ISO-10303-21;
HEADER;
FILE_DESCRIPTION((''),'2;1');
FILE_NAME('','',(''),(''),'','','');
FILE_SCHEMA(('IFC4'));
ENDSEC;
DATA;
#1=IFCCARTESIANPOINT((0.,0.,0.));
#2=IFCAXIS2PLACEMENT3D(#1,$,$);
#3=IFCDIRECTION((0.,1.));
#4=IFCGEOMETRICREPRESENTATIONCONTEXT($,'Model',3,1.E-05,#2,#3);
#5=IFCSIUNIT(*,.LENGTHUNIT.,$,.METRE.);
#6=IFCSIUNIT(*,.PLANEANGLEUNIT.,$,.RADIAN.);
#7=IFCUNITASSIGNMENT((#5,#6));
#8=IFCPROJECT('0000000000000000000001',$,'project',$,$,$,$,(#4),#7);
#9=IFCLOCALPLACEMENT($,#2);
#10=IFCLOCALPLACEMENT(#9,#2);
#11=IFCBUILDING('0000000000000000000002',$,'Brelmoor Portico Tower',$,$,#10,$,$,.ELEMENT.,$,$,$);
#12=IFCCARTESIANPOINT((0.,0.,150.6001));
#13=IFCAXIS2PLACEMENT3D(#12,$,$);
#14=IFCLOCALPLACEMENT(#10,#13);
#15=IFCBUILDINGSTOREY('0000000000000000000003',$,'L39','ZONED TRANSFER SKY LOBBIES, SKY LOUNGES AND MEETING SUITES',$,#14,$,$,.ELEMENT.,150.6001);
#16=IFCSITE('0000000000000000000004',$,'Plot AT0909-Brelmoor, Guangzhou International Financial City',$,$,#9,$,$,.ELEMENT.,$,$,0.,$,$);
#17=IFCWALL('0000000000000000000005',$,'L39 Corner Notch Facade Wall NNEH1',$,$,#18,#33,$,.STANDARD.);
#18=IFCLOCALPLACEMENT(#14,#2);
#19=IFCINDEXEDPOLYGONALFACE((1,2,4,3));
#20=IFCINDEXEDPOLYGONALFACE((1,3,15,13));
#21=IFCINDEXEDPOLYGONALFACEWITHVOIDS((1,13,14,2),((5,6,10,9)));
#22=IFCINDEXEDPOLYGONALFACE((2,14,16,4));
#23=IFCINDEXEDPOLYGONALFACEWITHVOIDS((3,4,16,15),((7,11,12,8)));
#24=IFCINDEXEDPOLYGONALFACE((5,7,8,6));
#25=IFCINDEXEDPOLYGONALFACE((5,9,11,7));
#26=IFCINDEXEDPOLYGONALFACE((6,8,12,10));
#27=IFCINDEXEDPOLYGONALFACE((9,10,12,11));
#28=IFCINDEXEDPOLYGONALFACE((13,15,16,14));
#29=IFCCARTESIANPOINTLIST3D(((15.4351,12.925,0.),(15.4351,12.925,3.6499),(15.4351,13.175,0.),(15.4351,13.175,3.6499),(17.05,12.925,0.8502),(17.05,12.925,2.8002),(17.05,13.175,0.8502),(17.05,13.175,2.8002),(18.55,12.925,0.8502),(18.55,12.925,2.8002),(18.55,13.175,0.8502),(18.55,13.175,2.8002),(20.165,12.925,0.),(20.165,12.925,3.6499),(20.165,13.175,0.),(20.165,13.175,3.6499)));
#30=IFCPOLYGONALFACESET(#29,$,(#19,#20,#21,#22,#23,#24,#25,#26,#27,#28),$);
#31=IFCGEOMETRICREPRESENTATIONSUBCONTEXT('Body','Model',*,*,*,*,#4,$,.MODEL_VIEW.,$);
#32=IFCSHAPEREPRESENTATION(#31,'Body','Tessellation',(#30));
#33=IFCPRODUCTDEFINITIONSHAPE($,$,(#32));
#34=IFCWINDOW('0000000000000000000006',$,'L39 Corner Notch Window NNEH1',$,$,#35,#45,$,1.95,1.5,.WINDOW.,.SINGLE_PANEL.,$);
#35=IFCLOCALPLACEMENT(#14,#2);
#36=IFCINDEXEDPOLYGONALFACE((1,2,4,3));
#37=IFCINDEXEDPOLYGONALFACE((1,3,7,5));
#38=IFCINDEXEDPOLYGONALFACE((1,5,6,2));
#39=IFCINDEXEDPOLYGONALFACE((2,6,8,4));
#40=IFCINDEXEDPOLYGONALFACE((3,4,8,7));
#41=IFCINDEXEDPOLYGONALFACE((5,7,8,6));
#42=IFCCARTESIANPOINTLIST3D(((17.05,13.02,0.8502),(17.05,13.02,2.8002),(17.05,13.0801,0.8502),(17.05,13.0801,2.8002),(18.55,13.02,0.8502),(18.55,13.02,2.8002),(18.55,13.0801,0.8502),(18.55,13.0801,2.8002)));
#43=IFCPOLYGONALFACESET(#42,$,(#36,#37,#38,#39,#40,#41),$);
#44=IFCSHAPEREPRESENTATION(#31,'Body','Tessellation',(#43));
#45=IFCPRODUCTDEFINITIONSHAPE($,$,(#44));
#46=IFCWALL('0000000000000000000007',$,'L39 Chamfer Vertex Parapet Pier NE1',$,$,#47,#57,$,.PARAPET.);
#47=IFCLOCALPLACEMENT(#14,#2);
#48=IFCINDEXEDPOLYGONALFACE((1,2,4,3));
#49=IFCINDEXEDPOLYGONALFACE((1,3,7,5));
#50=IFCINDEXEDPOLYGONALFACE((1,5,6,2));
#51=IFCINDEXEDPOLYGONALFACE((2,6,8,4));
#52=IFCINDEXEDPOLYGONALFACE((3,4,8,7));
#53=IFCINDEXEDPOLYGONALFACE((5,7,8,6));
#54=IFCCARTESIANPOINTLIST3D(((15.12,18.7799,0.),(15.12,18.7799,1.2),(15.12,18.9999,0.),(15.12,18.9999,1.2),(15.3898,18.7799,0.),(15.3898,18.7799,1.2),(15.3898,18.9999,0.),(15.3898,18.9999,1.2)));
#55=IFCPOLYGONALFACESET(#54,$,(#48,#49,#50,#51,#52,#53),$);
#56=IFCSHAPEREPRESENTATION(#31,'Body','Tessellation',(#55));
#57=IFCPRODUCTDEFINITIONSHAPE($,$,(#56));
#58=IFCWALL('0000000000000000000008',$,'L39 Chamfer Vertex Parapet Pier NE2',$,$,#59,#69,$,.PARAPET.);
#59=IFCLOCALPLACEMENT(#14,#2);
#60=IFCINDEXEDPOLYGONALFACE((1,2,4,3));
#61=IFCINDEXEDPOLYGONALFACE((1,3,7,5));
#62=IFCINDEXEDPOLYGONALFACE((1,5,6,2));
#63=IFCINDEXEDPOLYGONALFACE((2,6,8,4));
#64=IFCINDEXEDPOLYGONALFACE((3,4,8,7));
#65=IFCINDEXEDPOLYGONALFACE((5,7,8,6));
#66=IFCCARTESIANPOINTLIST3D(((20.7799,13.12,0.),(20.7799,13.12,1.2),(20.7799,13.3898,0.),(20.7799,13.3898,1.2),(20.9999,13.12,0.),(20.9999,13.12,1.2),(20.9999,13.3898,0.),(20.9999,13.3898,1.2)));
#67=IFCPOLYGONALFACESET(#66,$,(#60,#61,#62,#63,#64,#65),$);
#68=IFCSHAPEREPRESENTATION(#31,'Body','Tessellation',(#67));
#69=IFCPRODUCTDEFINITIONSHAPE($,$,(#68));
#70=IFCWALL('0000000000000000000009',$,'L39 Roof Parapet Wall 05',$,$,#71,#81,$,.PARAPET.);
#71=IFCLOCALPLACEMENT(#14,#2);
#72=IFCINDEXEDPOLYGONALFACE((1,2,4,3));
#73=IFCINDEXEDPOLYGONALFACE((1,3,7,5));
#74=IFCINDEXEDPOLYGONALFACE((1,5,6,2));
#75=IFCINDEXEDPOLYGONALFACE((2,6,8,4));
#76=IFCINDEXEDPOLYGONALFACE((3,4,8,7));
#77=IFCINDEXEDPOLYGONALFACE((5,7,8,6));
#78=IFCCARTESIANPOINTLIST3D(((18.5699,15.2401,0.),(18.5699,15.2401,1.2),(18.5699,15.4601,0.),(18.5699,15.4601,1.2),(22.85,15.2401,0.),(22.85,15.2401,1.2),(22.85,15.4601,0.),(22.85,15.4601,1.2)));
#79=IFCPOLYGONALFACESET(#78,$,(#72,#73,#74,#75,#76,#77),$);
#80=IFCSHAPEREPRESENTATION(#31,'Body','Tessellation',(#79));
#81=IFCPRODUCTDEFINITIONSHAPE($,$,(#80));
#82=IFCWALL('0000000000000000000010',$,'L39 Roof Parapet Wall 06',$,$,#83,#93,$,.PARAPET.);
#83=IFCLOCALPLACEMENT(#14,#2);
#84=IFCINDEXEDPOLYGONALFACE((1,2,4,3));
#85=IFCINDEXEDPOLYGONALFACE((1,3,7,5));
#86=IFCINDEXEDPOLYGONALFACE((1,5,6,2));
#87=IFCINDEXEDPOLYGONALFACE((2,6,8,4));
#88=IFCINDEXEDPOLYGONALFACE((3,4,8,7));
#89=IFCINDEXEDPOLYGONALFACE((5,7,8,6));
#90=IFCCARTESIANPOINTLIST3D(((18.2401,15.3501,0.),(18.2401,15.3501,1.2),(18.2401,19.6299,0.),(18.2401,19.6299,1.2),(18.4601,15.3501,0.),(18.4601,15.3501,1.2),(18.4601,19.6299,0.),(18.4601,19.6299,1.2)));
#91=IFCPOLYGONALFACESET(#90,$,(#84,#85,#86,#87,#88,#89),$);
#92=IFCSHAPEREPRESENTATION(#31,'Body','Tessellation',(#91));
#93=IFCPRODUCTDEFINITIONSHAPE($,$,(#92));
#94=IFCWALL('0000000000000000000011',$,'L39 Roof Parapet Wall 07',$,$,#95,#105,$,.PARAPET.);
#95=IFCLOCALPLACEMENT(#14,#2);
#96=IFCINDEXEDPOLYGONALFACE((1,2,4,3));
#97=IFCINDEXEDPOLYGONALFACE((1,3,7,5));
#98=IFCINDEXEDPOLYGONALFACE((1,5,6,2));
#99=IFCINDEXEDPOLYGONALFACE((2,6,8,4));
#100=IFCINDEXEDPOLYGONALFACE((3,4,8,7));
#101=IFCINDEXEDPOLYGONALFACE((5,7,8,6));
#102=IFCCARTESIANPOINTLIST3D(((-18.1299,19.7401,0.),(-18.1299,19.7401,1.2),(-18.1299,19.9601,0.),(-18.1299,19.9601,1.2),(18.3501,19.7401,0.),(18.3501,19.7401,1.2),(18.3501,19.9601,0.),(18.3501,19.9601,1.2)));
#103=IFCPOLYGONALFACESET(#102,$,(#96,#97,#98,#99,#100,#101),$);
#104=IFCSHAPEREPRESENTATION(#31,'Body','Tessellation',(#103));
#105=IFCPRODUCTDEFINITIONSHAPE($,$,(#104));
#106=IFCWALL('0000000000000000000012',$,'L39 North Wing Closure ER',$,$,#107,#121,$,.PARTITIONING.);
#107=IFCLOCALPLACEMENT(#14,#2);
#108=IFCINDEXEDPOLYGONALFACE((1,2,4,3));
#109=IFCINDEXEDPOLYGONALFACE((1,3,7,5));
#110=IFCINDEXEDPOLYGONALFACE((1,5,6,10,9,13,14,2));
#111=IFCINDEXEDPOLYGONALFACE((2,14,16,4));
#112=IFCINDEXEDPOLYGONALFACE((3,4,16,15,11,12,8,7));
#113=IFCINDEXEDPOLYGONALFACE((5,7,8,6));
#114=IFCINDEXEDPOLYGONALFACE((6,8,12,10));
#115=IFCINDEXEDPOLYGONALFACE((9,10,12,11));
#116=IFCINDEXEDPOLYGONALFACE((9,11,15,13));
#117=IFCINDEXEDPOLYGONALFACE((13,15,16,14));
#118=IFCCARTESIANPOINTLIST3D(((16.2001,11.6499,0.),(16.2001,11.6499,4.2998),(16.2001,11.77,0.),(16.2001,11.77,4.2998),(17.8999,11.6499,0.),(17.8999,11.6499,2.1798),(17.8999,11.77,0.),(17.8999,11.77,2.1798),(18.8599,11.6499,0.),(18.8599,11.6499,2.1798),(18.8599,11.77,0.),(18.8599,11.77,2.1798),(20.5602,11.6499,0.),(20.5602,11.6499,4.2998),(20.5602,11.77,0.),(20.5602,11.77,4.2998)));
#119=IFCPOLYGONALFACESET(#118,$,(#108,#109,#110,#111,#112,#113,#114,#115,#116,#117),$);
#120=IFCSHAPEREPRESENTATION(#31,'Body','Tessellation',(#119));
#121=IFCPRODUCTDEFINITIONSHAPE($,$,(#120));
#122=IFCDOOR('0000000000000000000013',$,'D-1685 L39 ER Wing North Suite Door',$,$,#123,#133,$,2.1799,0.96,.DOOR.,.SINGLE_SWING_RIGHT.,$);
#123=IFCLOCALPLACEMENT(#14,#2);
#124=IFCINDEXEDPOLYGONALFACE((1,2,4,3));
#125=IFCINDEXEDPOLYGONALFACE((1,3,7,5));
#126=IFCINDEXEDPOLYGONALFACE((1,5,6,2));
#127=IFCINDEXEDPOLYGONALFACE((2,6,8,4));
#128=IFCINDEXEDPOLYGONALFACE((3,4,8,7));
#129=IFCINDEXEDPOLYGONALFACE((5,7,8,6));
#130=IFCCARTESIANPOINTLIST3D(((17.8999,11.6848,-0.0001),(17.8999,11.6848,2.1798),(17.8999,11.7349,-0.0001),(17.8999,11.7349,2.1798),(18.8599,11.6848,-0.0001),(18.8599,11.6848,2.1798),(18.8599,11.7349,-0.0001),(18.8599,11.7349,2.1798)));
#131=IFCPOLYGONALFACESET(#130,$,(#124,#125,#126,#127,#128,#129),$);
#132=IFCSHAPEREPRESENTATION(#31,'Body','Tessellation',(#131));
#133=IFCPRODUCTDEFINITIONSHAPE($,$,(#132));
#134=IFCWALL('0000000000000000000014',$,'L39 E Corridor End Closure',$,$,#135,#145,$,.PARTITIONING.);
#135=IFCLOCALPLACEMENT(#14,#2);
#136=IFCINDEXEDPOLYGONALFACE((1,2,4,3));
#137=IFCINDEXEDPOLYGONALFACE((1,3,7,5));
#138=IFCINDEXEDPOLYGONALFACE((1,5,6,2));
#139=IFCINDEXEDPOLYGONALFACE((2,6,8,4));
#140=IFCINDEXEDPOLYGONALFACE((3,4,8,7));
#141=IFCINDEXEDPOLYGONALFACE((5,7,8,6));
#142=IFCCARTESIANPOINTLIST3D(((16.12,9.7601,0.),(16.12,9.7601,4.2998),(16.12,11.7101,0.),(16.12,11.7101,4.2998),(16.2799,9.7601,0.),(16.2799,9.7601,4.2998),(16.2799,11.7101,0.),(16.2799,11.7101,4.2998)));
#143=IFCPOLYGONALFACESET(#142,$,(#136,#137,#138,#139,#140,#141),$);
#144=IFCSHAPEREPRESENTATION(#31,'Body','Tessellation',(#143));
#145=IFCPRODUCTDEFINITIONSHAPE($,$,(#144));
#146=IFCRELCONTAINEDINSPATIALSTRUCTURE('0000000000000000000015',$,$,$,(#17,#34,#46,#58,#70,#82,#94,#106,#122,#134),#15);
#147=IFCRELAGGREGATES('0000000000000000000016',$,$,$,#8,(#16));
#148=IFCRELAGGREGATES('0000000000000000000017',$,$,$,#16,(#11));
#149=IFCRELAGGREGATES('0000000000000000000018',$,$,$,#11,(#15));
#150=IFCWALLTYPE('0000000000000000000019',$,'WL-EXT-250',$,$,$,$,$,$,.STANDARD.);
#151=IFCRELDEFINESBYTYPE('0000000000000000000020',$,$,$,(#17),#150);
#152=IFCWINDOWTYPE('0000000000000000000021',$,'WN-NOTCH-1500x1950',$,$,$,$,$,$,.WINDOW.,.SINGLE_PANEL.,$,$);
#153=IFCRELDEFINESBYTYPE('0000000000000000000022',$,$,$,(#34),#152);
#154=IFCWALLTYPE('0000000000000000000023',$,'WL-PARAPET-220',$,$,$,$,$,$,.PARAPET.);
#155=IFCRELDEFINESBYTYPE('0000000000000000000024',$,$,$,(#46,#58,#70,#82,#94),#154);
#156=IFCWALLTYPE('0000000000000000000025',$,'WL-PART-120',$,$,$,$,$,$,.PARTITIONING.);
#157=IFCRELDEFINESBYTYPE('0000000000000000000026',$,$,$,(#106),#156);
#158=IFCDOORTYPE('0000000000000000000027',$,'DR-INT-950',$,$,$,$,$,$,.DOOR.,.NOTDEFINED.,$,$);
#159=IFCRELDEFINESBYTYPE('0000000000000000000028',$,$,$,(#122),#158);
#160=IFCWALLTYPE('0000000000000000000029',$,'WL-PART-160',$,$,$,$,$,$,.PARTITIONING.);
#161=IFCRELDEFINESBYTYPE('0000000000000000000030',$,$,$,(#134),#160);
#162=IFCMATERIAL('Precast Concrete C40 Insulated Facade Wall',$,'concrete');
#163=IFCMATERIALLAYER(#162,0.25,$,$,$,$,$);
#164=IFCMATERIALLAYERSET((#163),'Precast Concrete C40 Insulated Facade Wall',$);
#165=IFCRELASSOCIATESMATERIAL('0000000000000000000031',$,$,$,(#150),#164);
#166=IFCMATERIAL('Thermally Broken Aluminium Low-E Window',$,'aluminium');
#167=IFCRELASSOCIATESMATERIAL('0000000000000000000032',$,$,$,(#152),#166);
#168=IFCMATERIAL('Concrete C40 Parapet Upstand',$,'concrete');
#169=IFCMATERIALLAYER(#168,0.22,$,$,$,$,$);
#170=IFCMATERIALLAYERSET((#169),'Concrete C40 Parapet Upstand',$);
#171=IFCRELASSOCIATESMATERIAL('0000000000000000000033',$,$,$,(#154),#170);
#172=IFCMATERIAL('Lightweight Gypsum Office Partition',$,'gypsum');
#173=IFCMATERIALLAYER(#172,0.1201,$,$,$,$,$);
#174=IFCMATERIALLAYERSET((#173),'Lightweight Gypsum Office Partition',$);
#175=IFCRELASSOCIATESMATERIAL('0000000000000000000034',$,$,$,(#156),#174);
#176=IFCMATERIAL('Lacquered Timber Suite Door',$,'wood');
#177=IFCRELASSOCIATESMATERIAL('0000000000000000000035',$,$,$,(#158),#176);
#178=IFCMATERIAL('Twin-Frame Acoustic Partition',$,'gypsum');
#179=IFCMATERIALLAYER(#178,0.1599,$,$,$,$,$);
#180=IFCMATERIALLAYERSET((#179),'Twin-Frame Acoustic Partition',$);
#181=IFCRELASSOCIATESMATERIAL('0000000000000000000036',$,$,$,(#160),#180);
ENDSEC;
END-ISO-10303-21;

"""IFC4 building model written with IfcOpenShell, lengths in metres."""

from ifc_helpers import new_model, si_unit, direction, frame, frame_2d, origin, place, context, subcontext, project, spatial, rectangle, extrude, material, layer, layer_set, type_object, element, fill, save


model = new_model("IFC4")

# Units and contexts
model_context = context("Model", 3, precision=1e-05, world=origin(), true_north=direction((0.0, 1.0)))
body_context = subcontext(model_context, "Body", "Model", "MODEL_VIEW")
ifc_project = project(units=[si_unit("LENGTHUNIT", "METRE"), si_unit("PLANEANGLEUNIT", "RADIAN")], contexts=[model_context])

# Site, building, storey
site_placement = place(None, origin())
site = spatial("IfcSite", under=ifc_project, at=site_placement, Name="Plot AT0909-Brelmoor, Guangzhou International Financial City", CompositionType="ELEMENT", RefElevation=0.0)
building_placement = place(site_placement, origin())
building = spatial("IfcBuilding", under=site, at=building_placement, Name="Brelmoor Portico Tower", CompositionType="ELEMENT")
storey_placement = place(building_placement, frame((0.0, 0.0, 150.6001)))
storey = spatial("IfcBuildingStorey", under=building, at=storey_placement, Name="L39", Description="ZONED TRANSFER SKY LOBBIES, SKY LOUNGES AND MEETING SUITES", CompositionType="ELEMENT", Elevation=150.6001)

# Wall, opening, window
ifc_material_1 = material(Name="Precast Concrete C40 Insulated Facade Wall", Category="concrete")
ifc_layer_1 = layer(ifc_material_1, 0.25)
ifc_layer_set_1 = layer_set([ifc_layer_1], Name="Precast Concrete C40 Insulated Facade Wall")
wall_type_1 = type_object("IfcWallType", Name="WL-EXT-250", PredefinedType="STANDARD", material=ifc_layer_set_1)
wall_1_placement = place(storey_placement, frame((15.4351, 13.05, 0.0), z_axis=(0.0, 0.0, 1.0), x_axis=(1.0, 0.0, 0.0)))
wall_1 = element("IfcWall", 1, at=wall_1_placement, inside=storey, type_object=wall_type_1, Name="L39 Corner Notch Facade Wall NNEH1", PredefinedType="STANDARD", context=body_context, shape_type="SweptSolid", body=[
    extrude(rectangle(XDim=4.73, YDim=0.25, at=frame_2d((2.365, 0.0))), origin(), (0.0, 0.0, 1.0), 3.6499),
])
opening_1_placement = place(wall_1_placement, frame((1.615, 0.0, 0.8501)))
opening_1 = element("IfcOpeningElement", 2, at=opening_1_placement, cuts=wall_1, PredefinedType="OPENING", context=body_context, shape_type="SweptSolid", body=[
    extrude(rectangle(XDim=1.5, YDim=1.95, at=frame_2d((0.75, 0.9751))), frame((0.0, 0.135, 0.0), z_axis=(0.0, -1.0, 0.0), x_axis=(1.0, 0.0, 0.0)), (0.0, 0.0, 1.0), 0.27),
])
ifc_material_2 = material(Name="Thermally Broken Aluminium Low-E Window", Category="aluminium")
window_type = type_object("IfcWindowType", Name="WN-NOTCH-1500x1950", PartitioningType="SINGLE_PANEL", PredefinedType="WINDOW", material=ifc_material_2)
window_placement = place(opening_1_placement, origin())
window = element("IfcWindow", 3, at=window_placement, inside=storey, type_object=window_type, Name="L39 Corner Notch Window NNEH1", OverallHeight=1.95, OverallWidth=1.5, PartitioningType="SINGLE_PANEL", PredefinedType="WINDOW", context=body_context, shape_type="SweptSolid", body=[
    extrude(rectangle(XDim=1.5, YDim=1.95, at=frame_2d((0.75, 0.9751))), frame((0.0, 0.03, 0.0), z_axis=(0.0, -1.0, 0.0), x_axis=(1.0, 0.0, 0.0)), (0.0, 0.0, 1.0), 0.0601),
])
fill(opening_1, window)

# Walls
ifc_material_3 = material(Name="Concrete C40 Parapet Upstand", Category="concrete")
ifc_layer_2 = layer(ifc_material_3, 0.22)
ifc_layer_set_2 = layer_set([ifc_layer_2], Name="Concrete C40 Parapet Upstand")
wall_type_2 = type_object("IfcWallType", Name="WL-PARAPET-220", PredefinedType="PARAPET", material=ifc_layer_set_2)
for number, where, z_axis, x_axis, name in (
    (4, (15.1201, 18.8899, 0.0), (0.0, 0.0, 1.0), (1.0, 0.0, 0.0), "L39 Chamfer Vertex Parapet Pier NE1"),
    (5, (20.8899, 13.1201, 0.0), (0.0, 0.0, 1.0), (0.0, 1.0, 0.0), "L39 Chamfer Vertex Parapet Pier NE2"),
):
    element("IfcWall", number, at=place(storey_placement, frame(where, z_axis=z_axis, x_axis=x_axis)), inside=storey, type_object=wall_type_2, Name=name, PredefinedType="PARAPET", context=body_context, shape_type="SweptSolid", body=[
        extrude(rectangle(XDim=0.2698, YDim=0.22, at=frame_2d((0.1348, 0.0))), origin(), (0.0, 0.0, 1.0), 1.2),
    ])
wall_2_placement = place(storey_placement, frame((22.8501, 15.3501, 0.0), z_axis=(0.0, 0.0, 1.0), x_axis=(-1.0, 0.0, 0.0)))
element("IfcWall", 6, at=wall_2_placement, inside=storey, type_object=wall_type_2, Name="L39 Roof Parapet Wall 05", PredefinedType="PARAPET", context=body_context, shape_type="SweptSolid", body=[
    extrude(rectangle(XDim=4.28, YDim=0.22, at=frame_2d((2.1401, 0.0))), origin(), (0.0, 0.0, 1.0), 1.2),
])
wall_3_placement = place(storey_placement, frame((18.3501, 15.3501, 0.0), z_axis=(0.0, 0.0, 1.0), x_axis=(0.0, 1.0, 0.0)))
element("IfcWall", 7, at=wall_3_placement, inside=storey, type_object=wall_type_2, Name="L39 Roof Parapet Wall 06", PredefinedType="PARAPET", context=body_context, shape_type="SweptSolid", body=[
    extrude(rectangle(XDim=4.2798, YDim=0.22, at=frame_2d((2.1399, 0.0))), origin(), (0.0, 0.0, 1.0), 1.2),
])
wall_4_placement = place(storey_placement, frame((18.3501, 19.8501, 0.0), z_axis=(0.0, 0.0, 1.0), x_axis=(-1.0, 0.0, 0.0)))
element("IfcWall", 8, at=wall_4_placement, inside=storey, type_object=wall_type_2, Name="L39 Roof Parapet Wall 07", PredefinedType="PARAPET", context=body_context, shape_type="SweptSolid", body=[
    extrude(rectangle(XDim=36.48, YDim=0.22, at=frame_2d((18.24, 0.0))), origin(), (0.0, 0.0, 1.0), 1.2),
])

# Wall, opening, door
ifc_material_4 = material(Name="Lightweight Gypsum Office Partition", Category="gypsum")
ifc_layer_3 = layer(ifc_material_4, 0.1201)
ifc_layer_set_3 = layer_set([ifc_layer_3], Name="Lightweight Gypsum Office Partition")
wall_type_3 = type_object("IfcWallType", Name="WL-PART-120", PredefinedType="PARTITIONING", material=ifc_layer_set_3)
wall_5_placement = place(storey_placement, frame((16.2, 11.71, 0.0), z_axis=(0.0, 0.0, 1.0), x_axis=(1.0, 0.0, 0.0)))
wall_5 = element("IfcWall", 9, at=wall_5_placement, inside=storey, type_object=wall_type_3, Name="L39 North Wing Closure ER", PredefinedType="PARTITIONING", context=body_context, shape_type="SweptSolid", body=[
    extrude(rectangle(XDim=4.3601, YDim=0.1201, at=frame_2d((2.1802, 0.0))), origin(), (0.0, 0.0, 1.0), 4.2998),
])
opening_2_placement = place(wall_5_placement, frame((1.7, 0.0, 0.0)))
opening_2 = element("IfcOpeningElement", 10, at=opening_2_placement, cuts=wall_5, PredefinedType="OPENING", context=body_context, shape_type="SweptSolid", body=[
    extrude(rectangle(XDim=0.96, YDim=2.1799, at=frame_2d((0.48, 1.0898))), frame((0.0, 0.0701, 0.0), z_axis=(0.0, -1.0, 0.0), x_axis=(1.0, 0.0, 0.0)), (0.0, 0.0, 1.0), 0.1401),
])
ifc_material_5 = material(Name="Lacquered Timber Suite Door", Category="wood")
door_type = type_object("IfcDoorType", Name="DR-INT-950", OperationType="NOTDEFINED", PredefinedType="DOOR", material=ifc_material_5)
door_placement = place(opening_2_placement, origin())
door = element("IfcDoor", 11, at=door_placement, inside=storey, type_object=door_type, Name="D-1685 L39 ER Wing North Suite Door", OperationType="SINGLE_SWING_RIGHT", OverallHeight=2.1799, OverallWidth=0.96, PredefinedType="DOOR", context=body_context, shape_type="SweptSolid", body=[
    extrude(rectangle(XDim=0.96, YDim=2.1799, at=frame_2d((0.48, 1.0898))), frame((0.0, 0.0249, 0.0), z_axis=(0.0, -1.0, 0.0), x_axis=(1.0, 0.0, 0.0)), (0.0, 0.0, 1.0), 0.05),
])
fill(opening_2, door)

# Wall
ifc_material_6 = material(Name="Twin-Frame Acoustic Partition", Category="gypsum")
ifc_layer_4 = layer(ifc_material_6, 0.1599)
ifc_layer_set_4 = layer_set([ifc_layer_4], Name="Twin-Frame Acoustic Partition")
wall_type_4 = type_object("IfcWallType", Name="WL-PART-160", PredefinedType="PARTITIONING", material=ifc_layer_set_4)
wall_6_placement = place(storey_placement, frame((16.2, 9.76, 0.0), z_axis=(0.0, 0.0, 1.0), x_axis=(0.0, 1.0, 0.0)))
element("IfcWall", 12, at=wall_6_placement, inside=storey, type_object=wall_type_4, Name="L39 E Corridor End Closure", PredefinedType="PARTITIONING", context=body_context, shape_type="SweptSolid", body=[
    extrude(rectangle(XDim=1.95, YDim=0.1599, at=frame_2d((0.9751, 0.0))), origin(), (0.0, 0.0, 1.0), 4.2998),
])

save(model, "model.ifc")
